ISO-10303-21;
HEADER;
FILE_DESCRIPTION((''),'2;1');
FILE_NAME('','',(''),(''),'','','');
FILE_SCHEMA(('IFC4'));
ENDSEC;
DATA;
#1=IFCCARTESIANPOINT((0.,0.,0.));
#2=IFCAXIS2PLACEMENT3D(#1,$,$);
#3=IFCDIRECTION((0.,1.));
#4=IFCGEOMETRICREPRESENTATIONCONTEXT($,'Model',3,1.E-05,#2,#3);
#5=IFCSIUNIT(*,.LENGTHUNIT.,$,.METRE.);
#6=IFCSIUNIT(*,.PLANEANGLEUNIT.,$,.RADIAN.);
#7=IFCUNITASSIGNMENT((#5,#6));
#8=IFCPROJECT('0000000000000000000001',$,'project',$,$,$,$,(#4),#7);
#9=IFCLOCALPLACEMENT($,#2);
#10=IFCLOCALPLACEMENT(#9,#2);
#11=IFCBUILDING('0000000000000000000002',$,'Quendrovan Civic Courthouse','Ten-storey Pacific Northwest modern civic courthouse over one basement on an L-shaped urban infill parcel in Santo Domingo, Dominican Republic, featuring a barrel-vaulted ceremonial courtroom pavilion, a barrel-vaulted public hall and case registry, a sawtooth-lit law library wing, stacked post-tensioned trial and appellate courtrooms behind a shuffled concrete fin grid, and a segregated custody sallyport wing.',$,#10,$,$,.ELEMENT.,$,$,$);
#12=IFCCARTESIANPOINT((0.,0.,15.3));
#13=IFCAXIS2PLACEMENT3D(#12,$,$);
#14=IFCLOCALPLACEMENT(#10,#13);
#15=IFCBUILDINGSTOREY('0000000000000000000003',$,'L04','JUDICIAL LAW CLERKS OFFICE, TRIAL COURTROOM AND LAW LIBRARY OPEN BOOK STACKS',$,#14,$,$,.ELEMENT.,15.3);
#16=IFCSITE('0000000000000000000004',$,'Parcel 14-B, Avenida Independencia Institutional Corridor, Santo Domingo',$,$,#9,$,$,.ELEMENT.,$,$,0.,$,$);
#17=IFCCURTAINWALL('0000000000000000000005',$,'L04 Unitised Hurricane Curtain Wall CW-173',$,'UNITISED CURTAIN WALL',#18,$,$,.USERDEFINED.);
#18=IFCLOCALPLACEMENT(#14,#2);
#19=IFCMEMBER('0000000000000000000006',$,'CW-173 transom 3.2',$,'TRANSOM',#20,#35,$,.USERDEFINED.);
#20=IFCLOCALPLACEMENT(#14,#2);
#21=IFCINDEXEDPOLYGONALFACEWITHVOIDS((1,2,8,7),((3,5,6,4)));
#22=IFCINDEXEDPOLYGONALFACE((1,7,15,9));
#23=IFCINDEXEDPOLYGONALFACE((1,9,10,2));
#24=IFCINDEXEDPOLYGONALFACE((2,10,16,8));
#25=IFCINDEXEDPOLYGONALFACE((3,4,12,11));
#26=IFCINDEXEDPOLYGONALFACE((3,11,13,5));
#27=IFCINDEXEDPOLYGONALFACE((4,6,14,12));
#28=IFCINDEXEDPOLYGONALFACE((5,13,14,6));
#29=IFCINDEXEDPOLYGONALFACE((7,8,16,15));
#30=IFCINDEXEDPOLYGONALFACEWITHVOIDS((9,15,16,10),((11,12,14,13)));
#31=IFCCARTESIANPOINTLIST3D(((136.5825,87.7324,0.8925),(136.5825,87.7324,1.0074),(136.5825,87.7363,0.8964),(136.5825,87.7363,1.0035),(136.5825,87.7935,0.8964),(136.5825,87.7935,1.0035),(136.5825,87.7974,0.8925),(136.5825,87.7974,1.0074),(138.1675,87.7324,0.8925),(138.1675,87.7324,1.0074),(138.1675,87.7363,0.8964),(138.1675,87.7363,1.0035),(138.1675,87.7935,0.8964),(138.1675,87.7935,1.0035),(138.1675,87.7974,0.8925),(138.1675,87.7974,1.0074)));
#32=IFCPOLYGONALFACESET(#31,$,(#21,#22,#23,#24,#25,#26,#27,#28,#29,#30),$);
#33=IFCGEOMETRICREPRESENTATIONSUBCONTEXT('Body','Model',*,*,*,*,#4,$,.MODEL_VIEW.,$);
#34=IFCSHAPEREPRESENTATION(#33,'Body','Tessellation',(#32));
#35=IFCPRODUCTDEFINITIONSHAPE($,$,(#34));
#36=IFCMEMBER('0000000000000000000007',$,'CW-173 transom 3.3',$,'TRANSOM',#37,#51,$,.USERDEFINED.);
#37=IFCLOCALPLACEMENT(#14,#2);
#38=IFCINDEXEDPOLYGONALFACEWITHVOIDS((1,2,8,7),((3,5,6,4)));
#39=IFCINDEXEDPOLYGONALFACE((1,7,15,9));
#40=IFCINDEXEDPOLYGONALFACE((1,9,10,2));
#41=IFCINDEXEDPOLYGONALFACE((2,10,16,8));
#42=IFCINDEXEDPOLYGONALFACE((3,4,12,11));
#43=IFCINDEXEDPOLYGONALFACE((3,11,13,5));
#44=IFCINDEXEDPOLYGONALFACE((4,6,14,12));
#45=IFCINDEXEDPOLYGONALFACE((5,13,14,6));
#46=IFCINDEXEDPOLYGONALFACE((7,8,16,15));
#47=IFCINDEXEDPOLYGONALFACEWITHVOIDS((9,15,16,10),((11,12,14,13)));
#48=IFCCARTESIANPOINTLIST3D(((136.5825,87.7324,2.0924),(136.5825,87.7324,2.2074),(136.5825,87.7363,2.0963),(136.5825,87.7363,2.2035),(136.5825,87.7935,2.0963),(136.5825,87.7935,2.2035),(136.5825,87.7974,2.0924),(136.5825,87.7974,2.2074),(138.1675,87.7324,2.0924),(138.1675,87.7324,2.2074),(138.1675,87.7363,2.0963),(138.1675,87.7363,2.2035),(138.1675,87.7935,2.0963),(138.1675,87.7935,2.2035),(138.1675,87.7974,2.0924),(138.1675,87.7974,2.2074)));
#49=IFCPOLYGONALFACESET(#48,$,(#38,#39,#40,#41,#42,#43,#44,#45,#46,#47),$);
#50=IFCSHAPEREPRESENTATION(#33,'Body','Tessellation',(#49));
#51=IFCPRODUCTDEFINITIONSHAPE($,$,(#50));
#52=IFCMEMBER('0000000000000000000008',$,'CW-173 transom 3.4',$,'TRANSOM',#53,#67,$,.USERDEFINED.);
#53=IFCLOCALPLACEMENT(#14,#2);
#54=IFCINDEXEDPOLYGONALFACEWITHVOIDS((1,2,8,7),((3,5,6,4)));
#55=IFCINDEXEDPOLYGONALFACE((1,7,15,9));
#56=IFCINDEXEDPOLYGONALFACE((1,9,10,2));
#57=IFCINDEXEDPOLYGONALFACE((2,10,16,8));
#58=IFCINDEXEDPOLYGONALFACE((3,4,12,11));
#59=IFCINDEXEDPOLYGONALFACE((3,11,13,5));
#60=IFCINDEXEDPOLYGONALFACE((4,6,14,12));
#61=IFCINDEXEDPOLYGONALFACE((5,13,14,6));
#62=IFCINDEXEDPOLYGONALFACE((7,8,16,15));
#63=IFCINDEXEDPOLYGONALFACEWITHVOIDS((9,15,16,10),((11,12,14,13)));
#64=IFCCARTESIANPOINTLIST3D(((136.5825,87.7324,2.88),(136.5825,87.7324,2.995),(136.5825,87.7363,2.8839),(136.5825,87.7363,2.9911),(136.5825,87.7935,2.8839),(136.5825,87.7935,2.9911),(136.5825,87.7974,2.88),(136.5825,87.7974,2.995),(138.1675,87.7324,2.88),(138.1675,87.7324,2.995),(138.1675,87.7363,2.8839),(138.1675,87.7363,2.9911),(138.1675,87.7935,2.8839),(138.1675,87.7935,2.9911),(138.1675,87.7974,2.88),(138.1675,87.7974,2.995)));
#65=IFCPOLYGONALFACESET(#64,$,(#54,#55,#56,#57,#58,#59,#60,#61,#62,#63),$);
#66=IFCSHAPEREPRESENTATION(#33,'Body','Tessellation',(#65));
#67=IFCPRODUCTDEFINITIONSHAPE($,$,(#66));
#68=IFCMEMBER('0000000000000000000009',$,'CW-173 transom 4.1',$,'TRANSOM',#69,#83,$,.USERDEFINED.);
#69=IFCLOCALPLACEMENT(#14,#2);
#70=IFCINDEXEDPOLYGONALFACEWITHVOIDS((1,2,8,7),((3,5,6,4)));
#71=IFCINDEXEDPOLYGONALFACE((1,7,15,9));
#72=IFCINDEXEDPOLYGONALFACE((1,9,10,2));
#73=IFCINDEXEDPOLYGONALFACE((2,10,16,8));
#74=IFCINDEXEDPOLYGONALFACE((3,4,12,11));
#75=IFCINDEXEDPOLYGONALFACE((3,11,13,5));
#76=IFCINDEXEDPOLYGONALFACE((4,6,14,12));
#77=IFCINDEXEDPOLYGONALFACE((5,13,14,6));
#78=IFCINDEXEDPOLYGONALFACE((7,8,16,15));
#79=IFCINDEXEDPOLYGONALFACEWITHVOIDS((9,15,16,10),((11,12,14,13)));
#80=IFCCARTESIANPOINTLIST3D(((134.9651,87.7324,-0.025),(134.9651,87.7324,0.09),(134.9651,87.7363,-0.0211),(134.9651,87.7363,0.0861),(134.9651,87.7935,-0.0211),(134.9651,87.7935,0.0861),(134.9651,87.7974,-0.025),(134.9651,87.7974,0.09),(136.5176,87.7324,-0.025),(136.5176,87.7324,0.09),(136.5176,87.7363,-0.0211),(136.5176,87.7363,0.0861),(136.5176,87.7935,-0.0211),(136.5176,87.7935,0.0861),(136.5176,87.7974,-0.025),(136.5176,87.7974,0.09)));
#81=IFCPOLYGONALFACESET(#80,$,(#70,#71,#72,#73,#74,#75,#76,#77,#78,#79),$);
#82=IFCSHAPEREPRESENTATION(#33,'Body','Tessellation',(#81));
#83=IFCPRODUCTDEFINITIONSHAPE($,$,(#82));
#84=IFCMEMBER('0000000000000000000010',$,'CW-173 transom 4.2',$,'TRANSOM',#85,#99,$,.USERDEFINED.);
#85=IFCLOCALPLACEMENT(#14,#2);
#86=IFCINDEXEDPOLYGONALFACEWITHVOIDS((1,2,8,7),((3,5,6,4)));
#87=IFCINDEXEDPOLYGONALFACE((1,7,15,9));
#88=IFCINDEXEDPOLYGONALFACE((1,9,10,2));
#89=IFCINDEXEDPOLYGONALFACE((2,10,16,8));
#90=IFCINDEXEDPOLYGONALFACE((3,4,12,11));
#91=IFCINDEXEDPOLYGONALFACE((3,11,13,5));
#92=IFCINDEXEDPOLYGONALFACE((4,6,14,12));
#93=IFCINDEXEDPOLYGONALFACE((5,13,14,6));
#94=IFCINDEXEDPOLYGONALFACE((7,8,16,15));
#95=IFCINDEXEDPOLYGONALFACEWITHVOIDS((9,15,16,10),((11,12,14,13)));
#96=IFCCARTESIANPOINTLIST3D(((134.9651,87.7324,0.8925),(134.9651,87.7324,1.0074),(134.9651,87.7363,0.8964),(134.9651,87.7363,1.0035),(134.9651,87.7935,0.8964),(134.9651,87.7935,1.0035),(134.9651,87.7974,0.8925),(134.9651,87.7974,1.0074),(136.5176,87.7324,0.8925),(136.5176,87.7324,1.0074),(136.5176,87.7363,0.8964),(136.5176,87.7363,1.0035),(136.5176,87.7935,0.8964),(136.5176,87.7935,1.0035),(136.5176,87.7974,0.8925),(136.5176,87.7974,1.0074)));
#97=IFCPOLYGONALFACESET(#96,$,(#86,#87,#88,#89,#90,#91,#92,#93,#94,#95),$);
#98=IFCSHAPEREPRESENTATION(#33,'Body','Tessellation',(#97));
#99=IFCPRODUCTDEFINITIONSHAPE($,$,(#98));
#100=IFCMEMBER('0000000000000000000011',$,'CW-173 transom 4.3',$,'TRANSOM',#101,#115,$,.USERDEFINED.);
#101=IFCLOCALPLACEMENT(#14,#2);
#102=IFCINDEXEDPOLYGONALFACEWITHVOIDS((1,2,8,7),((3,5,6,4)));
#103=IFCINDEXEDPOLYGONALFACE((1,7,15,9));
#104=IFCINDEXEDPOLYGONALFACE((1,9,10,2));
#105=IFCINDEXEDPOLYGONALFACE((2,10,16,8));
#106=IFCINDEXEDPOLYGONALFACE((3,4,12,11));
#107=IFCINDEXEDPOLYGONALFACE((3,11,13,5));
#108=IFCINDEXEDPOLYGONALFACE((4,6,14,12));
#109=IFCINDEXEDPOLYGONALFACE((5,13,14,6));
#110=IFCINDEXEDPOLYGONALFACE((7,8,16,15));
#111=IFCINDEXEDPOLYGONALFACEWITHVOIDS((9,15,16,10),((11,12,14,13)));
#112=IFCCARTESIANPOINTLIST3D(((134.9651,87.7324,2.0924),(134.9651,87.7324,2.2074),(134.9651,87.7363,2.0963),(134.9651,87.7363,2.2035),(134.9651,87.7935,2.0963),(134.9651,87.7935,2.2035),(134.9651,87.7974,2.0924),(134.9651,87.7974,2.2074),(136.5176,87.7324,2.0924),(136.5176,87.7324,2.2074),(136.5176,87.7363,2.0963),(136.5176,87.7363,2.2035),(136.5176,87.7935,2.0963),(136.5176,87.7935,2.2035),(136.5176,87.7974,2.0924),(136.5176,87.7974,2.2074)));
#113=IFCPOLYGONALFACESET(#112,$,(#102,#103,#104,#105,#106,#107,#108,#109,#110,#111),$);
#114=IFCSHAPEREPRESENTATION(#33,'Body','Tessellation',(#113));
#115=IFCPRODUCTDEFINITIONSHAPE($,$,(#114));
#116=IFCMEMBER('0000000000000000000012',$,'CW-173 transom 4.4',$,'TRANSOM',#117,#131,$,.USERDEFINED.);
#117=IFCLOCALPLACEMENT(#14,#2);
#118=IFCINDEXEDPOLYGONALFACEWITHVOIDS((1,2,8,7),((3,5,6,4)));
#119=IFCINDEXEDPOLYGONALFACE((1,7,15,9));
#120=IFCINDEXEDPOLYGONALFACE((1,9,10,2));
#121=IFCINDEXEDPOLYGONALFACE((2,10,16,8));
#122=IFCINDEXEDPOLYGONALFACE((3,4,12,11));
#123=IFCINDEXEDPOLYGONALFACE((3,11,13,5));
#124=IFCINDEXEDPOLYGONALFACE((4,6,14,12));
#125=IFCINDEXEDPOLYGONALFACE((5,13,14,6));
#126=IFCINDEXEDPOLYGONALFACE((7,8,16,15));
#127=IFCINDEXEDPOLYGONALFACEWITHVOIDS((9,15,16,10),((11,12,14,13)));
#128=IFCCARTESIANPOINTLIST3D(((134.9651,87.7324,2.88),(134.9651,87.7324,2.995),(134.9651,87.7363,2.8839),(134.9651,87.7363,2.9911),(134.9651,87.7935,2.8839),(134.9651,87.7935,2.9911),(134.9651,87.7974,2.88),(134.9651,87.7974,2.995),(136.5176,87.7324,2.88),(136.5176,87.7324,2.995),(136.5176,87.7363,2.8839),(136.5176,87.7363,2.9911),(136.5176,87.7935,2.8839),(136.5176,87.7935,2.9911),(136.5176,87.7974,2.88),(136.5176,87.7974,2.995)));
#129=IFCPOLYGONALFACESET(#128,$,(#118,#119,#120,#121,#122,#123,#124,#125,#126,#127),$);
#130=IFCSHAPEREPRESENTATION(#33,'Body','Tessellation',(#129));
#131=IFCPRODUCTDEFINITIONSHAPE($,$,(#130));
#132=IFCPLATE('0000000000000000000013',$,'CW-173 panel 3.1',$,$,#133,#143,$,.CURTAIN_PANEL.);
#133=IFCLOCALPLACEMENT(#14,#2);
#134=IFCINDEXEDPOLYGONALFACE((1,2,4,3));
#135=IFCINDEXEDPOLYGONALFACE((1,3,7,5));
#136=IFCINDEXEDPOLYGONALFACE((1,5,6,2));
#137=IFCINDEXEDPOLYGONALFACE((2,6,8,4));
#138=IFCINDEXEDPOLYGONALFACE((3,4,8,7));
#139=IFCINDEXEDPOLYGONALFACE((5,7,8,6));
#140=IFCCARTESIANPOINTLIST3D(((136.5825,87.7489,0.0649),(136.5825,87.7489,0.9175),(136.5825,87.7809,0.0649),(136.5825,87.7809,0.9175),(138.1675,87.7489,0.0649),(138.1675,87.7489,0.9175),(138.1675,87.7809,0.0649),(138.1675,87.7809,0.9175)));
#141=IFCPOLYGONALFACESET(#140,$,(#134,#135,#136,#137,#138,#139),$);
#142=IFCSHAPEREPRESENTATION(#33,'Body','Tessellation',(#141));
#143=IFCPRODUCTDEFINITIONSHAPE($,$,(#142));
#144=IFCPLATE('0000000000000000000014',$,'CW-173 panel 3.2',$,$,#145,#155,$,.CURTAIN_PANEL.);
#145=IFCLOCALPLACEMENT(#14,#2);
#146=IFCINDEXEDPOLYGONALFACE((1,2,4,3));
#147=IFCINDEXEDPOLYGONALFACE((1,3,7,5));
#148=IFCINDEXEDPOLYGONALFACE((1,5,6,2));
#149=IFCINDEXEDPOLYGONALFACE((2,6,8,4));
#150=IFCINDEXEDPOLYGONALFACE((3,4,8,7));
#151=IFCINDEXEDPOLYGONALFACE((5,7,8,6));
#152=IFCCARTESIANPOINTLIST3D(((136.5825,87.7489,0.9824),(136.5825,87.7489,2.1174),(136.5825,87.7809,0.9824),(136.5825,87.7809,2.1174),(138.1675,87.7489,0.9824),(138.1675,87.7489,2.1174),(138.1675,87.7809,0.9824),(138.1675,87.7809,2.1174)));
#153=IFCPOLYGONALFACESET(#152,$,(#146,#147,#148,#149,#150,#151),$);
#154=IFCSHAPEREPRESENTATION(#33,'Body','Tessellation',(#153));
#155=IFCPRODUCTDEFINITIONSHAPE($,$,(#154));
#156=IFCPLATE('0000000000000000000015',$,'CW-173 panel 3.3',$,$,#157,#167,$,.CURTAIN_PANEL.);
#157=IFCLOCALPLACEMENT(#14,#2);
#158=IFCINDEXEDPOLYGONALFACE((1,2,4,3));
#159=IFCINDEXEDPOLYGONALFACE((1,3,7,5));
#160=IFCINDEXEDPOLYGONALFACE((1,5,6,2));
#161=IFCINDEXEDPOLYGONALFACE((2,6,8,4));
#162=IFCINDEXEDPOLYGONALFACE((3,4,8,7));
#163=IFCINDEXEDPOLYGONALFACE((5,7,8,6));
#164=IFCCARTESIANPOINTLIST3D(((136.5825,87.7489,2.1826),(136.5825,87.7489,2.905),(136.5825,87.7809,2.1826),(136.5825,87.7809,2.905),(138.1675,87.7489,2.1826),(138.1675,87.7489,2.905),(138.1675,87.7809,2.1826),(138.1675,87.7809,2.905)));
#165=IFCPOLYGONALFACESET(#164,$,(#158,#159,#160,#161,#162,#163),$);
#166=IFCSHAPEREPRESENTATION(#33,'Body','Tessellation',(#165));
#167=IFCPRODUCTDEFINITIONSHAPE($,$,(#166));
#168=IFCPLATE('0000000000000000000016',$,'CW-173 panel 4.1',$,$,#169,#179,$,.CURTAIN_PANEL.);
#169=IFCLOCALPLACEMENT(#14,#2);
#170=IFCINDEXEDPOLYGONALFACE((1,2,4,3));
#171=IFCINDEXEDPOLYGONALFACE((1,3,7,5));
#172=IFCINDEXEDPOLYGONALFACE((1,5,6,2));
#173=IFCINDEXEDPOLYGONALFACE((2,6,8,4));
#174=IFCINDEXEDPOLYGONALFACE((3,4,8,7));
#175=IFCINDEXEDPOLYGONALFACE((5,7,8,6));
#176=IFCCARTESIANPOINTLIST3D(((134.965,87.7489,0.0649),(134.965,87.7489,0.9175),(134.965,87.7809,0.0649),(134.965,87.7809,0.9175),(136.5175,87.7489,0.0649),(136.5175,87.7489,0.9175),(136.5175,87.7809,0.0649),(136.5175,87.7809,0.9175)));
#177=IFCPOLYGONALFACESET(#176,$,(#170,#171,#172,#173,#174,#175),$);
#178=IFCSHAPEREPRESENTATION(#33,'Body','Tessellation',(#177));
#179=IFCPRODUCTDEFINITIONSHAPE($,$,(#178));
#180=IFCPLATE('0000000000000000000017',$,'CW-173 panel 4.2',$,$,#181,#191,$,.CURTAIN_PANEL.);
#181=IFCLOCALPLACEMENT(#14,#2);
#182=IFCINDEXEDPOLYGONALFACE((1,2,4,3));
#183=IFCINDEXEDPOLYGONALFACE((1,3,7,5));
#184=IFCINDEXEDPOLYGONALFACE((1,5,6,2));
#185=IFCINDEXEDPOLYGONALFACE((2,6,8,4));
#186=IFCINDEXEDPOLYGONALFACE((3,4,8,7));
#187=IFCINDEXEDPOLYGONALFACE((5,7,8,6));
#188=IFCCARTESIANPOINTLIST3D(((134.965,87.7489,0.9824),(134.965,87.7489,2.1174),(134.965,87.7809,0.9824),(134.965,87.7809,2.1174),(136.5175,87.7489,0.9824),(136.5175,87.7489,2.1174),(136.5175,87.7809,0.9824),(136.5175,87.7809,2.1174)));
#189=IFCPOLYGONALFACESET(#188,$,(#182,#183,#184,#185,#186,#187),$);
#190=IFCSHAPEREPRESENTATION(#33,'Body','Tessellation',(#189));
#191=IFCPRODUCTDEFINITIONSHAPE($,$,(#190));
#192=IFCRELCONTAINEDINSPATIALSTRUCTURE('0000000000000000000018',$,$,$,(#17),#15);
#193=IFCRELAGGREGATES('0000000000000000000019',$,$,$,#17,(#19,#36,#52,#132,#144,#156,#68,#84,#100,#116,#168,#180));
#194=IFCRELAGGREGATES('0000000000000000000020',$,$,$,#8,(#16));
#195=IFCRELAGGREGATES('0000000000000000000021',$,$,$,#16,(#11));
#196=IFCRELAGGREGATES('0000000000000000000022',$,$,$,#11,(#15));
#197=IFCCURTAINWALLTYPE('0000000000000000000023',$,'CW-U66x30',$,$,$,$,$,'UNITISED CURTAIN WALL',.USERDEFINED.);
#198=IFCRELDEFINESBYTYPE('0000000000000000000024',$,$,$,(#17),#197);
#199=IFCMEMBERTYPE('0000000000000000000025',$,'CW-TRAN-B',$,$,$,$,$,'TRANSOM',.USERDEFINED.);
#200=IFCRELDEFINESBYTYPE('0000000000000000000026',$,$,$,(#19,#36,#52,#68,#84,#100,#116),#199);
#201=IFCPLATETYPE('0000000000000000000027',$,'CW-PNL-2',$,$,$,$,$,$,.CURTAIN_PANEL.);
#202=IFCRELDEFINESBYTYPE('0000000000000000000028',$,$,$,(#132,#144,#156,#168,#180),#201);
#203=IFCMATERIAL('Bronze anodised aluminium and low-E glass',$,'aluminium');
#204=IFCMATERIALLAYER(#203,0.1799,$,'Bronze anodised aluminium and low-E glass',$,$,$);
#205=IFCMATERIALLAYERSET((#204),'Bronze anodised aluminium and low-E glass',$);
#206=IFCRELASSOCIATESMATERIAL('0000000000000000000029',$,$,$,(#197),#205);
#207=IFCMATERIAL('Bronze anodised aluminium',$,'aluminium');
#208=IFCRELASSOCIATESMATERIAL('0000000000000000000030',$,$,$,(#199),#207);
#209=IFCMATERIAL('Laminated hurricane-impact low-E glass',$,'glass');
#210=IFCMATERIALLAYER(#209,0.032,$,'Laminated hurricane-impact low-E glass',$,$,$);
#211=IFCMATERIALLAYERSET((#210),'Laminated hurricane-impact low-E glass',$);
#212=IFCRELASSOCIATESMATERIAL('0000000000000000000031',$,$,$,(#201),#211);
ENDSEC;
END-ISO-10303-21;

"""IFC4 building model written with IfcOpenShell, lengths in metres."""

from ifc_helpers import new_model, si_unit, direction, frame, origin, origin_2d, place, context, subcontext, project, spatial, rectangle, hollow_rectangle, extrude, material, layer, layer_set, material_profile, profile_set, type_object, element, aggregate, save


model = new_model("IFC4")

# Units and contexts
model_context = context("Model", 3, precision=1e-05, world=origin(), true_north=direction((0.0, 1.0)))
body_context = subcontext(model_context, "Body", "Model", "MODEL_VIEW")
ifc_project = project(units=[si_unit("LENGTHUNIT", "METRE"), si_unit("PLANEANGLEUNIT", "RADIAN")], contexts=[model_context])

# Site, building, storey
site_placement = place(None, origin())
site = spatial("IfcSite", under=ifc_project, at=site_placement, Name="Parcel 14-B, Avenida Independencia Institutional Corridor, Santo Domingo", CompositionType="ELEMENT", RefElevation=0.0)
building_placement = place(site_placement, origin())
building = spatial("IfcBuilding", under=site, at=building_placement, Name="Quendrovan Civic Courthouse", Description="Ten-storey Pacific Northwest modern civic courthouse over one basement on an L-shaped urban infill parcel in Santo Domingo, Dominican Republic, featuring a barrel-vaulted ceremonial courtroom pavilion, a barrel-vaulted public hall and case registry, a sawtooth-lit law library wing, stacked post-tensioned trial and appellate courtrooms behind a shuffled concrete fin grid, and a segregated custody sallyport wing.", CompositionType="ELEMENT")
storey_placement = place(building_placement, frame((0.0, 0.0, 15.3)))
storey = spatial("IfcBuildingStorey", under=building, at=storey_placement, Name="L04", Description="JUDICIAL LAW CLERKS OFFICE, TRIAL COURTROOM AND LAW LIBRARY OPEN BOOK STACKS", CompositionType="ELEMENT", Elevation=15.3)

# Shared definitions
ifc_material_1 = material(Name="Bronze anodised aluminium and low-E glass", Category="aluminium")
ifc_material_2 = material(Name="Bronze anodised aluminium", Category="aluminium")

# Curtain wall
ifc_layer_1 = layer(ifc_material_1, 0.1799, Name="Bronze anodised aluminium and low-E glass")
ifc_layer_set_1 = layer_set([ifc_layer_1], Name="Bronze anodised aluminium and low-E glass")
curtain_wall_type_1 = type_object("IfcCurtainWallType", Name="CW-U66x30", ElementType="UNITISED CURTAIN WALL", PredefinedType="USERDEFINED", material=ifc_layer_set_1)
curtain_wall_1_placement = place(storey_placement, origin())
curtain_wall_1 = element("IfcCurtainWall", 1, at=curtain_wall_1_placement, inside=storey, type_object=curtain_wall_type_1, Name="L04 Unitised Hurricane Curtain Wall CW-173", ObjectType="UNITISED CURTAIN WALL", PredefinedType="USERDEFINED")

# Members
ifc_material_profile_1 = material_profile(ifc_material_2, hollow_rectangle(XDim=0.0649, YDim=0.115, WallThickness=0.0039, at=origin_2d()), Name="CW-TRAN-65x115")
ifc_profile_set_1 = profile_set([ifc_material_profile_1], Name="Bronze anodised aluminium")
member_type_1 = type_object("IfcMemberType", Name="CW-TRAN-B", ElementType="TRANSOM", PredefinedType="USERDEFINED", material=ifc_profile_set_1)
member_1_placement = place(storey_placement, frame((138.1675, 87.7649, 0.95), z_axis=(-1.0, 0.0, 0.0), x_axis=(0.0, -1.0, 0.0)))
member_1 = element("IfcMember", 2, at=member_1_placement, type_object=member_type_1, Name="CW-173 transom 3.2", ObjectType="TRANSOM", PredefinedType="USERDEFINED", context=body_context, shape_type="SweptSolid", body=[
    extrude(hollow_rectangle(XDim=0.0649, YDim=0.115, WallThickness=0.0039, at=origin_2d()), origin(), (0.0, 0.0, 1.0), 1.585),
])
member_2_placement = place(storey_placement, frame((138.1675, 87.7649, 2.1499), z_axis=(-1.0, 0.0, 0.0), x_axis=(0.0, -1.0, 0.0)))
member_2 = element("IfcMember", 3, at=member_2_placement, type_object=member_type_1, Name="CW-173 transom 3.3", ObjectType="TRANSOM", PredefinedType="USERDEFINED", context=body_context, shape_type="SweptSolid", body=[
    extrude(hollow_rectangle(XDim=0.0649, YDim=0.115, WallThickness=0.0039, at=origin_2d()), origin(), (0.0, 0.0, 1.0), 1.585),
])
member_3_placement = place(storey_placement, frame((138.1675, 87.7649, 2.9375), z_axis=(-1.0, 0.0, 0.0), x_axis=(0.0, -1.0, 0.0)))
member_3 = element("IfcMember", 4, at=member_3_placement, type_object=member_type_1, Name="CW-173 transom 3.4", ObjectType="TRANSOM", PredefinedType="USERDEFINED", context=body_context, shape_type="SweptSolid", body=[
    extrude(hollow_rectangle(XDim=0.0649, YDim=0.115, WallThickness=0.0039, at=origin_2d()), origin(), (0.0, 0.0, 1.0), 1.585),
])
member_4_placement = place(storey_placement, frame((136.5176, 87.7649, 0.0325), z_axis=(-1.0, 0.0, 0.0), x_axis=(0.0, -1.0, 0.0)))
member_4 = element("IfcMember", 5, at=member_4_placement, type_object=member_type_1, Name="CW-173 transom 4.1", ObjectType="TRANSOM", PredefinedType="USERDEFINED", context=body_context, shape_type="SweptSolid", body=[
    extrude(hollow_rectangle(XDim=0.0649, YDim=0.115, WallThickness=0.0039, at=origin_2d()), origin(), (0.0, 0.0, 1.0), 1.5525),
])
member_5_placement = place(storey_placement, frame((136.5176, 87.7649, 0.95), z_axis=(-1.0, 0.0, 0.0), x_axis=(0.0, -1.0, 0.0)))
member_5 = element("IfcMember", 6, at=member_5_placement, type_object=member_type_1, Name="CW-173 transom 4.2", ObjectType="TRANSOM", PredefinedType="USERDEFINED", context=body_context, shape_type="SweptSolid", body=[
    extrude(hollow_rectangle(XDim=0.0649, YDim=0.115, WallThickness=0.0039, at=origin_2d()), origin(), (0.0, 0.0, 1.0), 1.5525),
])
member_6_placement = place(storey_placement, frame((136.5176, 87.7649, 2.1499), z_axis=(-1.0, 0.0, 0.0), x_axis=(0.0, -1.0, 0.0)))
member_6 = element("IfcMember", 7, at=member_6_placement, type_object=member_type_1, Name="CW-173 transom 4.3", ObjectType="TRANSOM", PredefinedType="USERDEFINED", context=body_context, shape_type="SweptSolid", body=[
    extrude(hollow_rectangle(XDim=0.0649, YDim=0.115, WallThickness=0.0039, at=origin_2d()), origin(), (0.0, 0.0, 1.0), 1.5525),
])
member_7_placement = place(storey_placement, frame((136.5176, 87.7649, 2.9375), z_axis=(-1.0, 0.0, 0.0), x_axis=(0.0, -1.0, 0.0)))
member_7 = element("IfcMember", 8, at=member_7_placement, type_object=member_type_1, Name="CW-173 transom 4.4", ObjectType="TRANSOM", PredefinedType="USERDEFINED", context=body_context, shape_type="SweptSolid", body=[
    extrude(hollow_rectangle(XDim=0.0649, YDim=0.115, WallThickness=0.0039, at=origin_2d()), origin(), (0.0, 0.0, 1.0), 1.5525),
])

# Plates
ifc_material_3 = material(Name="Laminated hurricane-impact low-E glass", Category="glass")
ifc_layer_2 = layer(ifc_material_3, 0.032, Name="Laminated hurricane-impact low-E glass")
ifc_layer_set_2 = layer_set([ifc_layer_2], Name="Laminated hurricane-impact low-E glass")
plate_type_1 = type_object("IfcPlateType", Name="CW-PNL-2", PredefinedType="CURTAIN_PANEL", material=ifc_layer_set_2)
plate_1_placement = place(storey_placement, frame((137.375, 87.7649, 0.0649), z_axis=(0.0, 0.0, 1.0), x_axis=(-1.0, 0.0, 0.0)))
plate_1 = element("IfcPlate", 9, at=plate_1_placement, type_object=plate_type_1, Name="CW-173 panel 3.1", PredefinedType="CURTAIN_PANEL", context=body_context, shape_type="SweptSolid", body=[
    extrude(rectangle(XDim=1.585, YDim=0.032, at=origin_2d()), origin(), (0.0, 0.0, 1.0), 0.8525),
])
plate_2_placement = place(storey_placement, frame((137.375, 87.7649, 0.9824), z_axis=(0.0, 0.0, 1.0), x_axis=(-1.0, 0.0, 0.0)))
plate_2 = element("IfcPlate", 10, at=plate_2_placement, type_object=plate_type_1, Name="CW-173 panel 3.2", PredefinedType="CURTAIN_PANEL", context=body_context, shape_type="SweptSolid", body=[
    extrude(rectangle(XDim=1.585, YDim=0.032, at=origin_2d()), origin(), (0.0, 0.0, 1.0), 1.135),
])
plate_3_placement = place(storey_placement, frame((137.375, 87.7649, 2.1826), z_axis=(0.0, 0.0, 1.0), x_axis=(-1.0, 0.0, 0.0)))
plate_3 = element("IfcPlate", 11, at=plate_3_placement, type_object=plate_type_1, Name="CW-173 panel 3.3", PredefinedType="CURTAIN_PANEL", context=body_context, shape_type="SweptSolid", body=[
    extrude(rectangle(XDim=1.585, YDim=0.032, at=origin_2d()), origin(), (0.0, 0.0, 1.0), 0.7224),
])
plate_4_placement = place(storey_placement, frame((135.7412, 87.7649, 0.0649), z_axis=(0.0, 0.0, 1.0), x_axis=(-1.0, 0.0, 0.0)))
plate_4 = element("IfcPlate", 12, at=plate_4_placement, type_object=plate_type_1, Name="CW-173 panel 4.1", PredefinedType="CURTAIN_PANEL", context=body_context, shape_type="SweptSolid", body=[
    extrude(rectangle(XDim=1.5525, YDim=0.032, at=origin_2d()), origin(), (0.0, 0.0, 1.0), 0.8525),
])
plate_5_placement = place(storey_placement, frame((135.7412, 87.7649, 0.9824), z_axis=(0.0, 0.0, 1.0), x_axis=(-1.0, 0.0, 0.0)))
plate_5 = element("IfcPlate", 13, at=plate_5_placement, type_object=plate_type_1, Name="CW-173 panel 4.2", PredefinedType="CURTAIN_PANEL", context=body_context, shape_type="SweptSolid", body=[
    extrude(rectangle(XDim=1.5525, YDim=0.032, at=origin_2d()), origin(), (0.0, 0.0, 1.0), 1.135),
])
aggregate(curtain_wall_1, [member_1, member_2, member_3, plate_1, plate_2, plate_3, member_4, member_5, member_6, member_7, plate_4, plate_5])

save(model, "model.ifc")
